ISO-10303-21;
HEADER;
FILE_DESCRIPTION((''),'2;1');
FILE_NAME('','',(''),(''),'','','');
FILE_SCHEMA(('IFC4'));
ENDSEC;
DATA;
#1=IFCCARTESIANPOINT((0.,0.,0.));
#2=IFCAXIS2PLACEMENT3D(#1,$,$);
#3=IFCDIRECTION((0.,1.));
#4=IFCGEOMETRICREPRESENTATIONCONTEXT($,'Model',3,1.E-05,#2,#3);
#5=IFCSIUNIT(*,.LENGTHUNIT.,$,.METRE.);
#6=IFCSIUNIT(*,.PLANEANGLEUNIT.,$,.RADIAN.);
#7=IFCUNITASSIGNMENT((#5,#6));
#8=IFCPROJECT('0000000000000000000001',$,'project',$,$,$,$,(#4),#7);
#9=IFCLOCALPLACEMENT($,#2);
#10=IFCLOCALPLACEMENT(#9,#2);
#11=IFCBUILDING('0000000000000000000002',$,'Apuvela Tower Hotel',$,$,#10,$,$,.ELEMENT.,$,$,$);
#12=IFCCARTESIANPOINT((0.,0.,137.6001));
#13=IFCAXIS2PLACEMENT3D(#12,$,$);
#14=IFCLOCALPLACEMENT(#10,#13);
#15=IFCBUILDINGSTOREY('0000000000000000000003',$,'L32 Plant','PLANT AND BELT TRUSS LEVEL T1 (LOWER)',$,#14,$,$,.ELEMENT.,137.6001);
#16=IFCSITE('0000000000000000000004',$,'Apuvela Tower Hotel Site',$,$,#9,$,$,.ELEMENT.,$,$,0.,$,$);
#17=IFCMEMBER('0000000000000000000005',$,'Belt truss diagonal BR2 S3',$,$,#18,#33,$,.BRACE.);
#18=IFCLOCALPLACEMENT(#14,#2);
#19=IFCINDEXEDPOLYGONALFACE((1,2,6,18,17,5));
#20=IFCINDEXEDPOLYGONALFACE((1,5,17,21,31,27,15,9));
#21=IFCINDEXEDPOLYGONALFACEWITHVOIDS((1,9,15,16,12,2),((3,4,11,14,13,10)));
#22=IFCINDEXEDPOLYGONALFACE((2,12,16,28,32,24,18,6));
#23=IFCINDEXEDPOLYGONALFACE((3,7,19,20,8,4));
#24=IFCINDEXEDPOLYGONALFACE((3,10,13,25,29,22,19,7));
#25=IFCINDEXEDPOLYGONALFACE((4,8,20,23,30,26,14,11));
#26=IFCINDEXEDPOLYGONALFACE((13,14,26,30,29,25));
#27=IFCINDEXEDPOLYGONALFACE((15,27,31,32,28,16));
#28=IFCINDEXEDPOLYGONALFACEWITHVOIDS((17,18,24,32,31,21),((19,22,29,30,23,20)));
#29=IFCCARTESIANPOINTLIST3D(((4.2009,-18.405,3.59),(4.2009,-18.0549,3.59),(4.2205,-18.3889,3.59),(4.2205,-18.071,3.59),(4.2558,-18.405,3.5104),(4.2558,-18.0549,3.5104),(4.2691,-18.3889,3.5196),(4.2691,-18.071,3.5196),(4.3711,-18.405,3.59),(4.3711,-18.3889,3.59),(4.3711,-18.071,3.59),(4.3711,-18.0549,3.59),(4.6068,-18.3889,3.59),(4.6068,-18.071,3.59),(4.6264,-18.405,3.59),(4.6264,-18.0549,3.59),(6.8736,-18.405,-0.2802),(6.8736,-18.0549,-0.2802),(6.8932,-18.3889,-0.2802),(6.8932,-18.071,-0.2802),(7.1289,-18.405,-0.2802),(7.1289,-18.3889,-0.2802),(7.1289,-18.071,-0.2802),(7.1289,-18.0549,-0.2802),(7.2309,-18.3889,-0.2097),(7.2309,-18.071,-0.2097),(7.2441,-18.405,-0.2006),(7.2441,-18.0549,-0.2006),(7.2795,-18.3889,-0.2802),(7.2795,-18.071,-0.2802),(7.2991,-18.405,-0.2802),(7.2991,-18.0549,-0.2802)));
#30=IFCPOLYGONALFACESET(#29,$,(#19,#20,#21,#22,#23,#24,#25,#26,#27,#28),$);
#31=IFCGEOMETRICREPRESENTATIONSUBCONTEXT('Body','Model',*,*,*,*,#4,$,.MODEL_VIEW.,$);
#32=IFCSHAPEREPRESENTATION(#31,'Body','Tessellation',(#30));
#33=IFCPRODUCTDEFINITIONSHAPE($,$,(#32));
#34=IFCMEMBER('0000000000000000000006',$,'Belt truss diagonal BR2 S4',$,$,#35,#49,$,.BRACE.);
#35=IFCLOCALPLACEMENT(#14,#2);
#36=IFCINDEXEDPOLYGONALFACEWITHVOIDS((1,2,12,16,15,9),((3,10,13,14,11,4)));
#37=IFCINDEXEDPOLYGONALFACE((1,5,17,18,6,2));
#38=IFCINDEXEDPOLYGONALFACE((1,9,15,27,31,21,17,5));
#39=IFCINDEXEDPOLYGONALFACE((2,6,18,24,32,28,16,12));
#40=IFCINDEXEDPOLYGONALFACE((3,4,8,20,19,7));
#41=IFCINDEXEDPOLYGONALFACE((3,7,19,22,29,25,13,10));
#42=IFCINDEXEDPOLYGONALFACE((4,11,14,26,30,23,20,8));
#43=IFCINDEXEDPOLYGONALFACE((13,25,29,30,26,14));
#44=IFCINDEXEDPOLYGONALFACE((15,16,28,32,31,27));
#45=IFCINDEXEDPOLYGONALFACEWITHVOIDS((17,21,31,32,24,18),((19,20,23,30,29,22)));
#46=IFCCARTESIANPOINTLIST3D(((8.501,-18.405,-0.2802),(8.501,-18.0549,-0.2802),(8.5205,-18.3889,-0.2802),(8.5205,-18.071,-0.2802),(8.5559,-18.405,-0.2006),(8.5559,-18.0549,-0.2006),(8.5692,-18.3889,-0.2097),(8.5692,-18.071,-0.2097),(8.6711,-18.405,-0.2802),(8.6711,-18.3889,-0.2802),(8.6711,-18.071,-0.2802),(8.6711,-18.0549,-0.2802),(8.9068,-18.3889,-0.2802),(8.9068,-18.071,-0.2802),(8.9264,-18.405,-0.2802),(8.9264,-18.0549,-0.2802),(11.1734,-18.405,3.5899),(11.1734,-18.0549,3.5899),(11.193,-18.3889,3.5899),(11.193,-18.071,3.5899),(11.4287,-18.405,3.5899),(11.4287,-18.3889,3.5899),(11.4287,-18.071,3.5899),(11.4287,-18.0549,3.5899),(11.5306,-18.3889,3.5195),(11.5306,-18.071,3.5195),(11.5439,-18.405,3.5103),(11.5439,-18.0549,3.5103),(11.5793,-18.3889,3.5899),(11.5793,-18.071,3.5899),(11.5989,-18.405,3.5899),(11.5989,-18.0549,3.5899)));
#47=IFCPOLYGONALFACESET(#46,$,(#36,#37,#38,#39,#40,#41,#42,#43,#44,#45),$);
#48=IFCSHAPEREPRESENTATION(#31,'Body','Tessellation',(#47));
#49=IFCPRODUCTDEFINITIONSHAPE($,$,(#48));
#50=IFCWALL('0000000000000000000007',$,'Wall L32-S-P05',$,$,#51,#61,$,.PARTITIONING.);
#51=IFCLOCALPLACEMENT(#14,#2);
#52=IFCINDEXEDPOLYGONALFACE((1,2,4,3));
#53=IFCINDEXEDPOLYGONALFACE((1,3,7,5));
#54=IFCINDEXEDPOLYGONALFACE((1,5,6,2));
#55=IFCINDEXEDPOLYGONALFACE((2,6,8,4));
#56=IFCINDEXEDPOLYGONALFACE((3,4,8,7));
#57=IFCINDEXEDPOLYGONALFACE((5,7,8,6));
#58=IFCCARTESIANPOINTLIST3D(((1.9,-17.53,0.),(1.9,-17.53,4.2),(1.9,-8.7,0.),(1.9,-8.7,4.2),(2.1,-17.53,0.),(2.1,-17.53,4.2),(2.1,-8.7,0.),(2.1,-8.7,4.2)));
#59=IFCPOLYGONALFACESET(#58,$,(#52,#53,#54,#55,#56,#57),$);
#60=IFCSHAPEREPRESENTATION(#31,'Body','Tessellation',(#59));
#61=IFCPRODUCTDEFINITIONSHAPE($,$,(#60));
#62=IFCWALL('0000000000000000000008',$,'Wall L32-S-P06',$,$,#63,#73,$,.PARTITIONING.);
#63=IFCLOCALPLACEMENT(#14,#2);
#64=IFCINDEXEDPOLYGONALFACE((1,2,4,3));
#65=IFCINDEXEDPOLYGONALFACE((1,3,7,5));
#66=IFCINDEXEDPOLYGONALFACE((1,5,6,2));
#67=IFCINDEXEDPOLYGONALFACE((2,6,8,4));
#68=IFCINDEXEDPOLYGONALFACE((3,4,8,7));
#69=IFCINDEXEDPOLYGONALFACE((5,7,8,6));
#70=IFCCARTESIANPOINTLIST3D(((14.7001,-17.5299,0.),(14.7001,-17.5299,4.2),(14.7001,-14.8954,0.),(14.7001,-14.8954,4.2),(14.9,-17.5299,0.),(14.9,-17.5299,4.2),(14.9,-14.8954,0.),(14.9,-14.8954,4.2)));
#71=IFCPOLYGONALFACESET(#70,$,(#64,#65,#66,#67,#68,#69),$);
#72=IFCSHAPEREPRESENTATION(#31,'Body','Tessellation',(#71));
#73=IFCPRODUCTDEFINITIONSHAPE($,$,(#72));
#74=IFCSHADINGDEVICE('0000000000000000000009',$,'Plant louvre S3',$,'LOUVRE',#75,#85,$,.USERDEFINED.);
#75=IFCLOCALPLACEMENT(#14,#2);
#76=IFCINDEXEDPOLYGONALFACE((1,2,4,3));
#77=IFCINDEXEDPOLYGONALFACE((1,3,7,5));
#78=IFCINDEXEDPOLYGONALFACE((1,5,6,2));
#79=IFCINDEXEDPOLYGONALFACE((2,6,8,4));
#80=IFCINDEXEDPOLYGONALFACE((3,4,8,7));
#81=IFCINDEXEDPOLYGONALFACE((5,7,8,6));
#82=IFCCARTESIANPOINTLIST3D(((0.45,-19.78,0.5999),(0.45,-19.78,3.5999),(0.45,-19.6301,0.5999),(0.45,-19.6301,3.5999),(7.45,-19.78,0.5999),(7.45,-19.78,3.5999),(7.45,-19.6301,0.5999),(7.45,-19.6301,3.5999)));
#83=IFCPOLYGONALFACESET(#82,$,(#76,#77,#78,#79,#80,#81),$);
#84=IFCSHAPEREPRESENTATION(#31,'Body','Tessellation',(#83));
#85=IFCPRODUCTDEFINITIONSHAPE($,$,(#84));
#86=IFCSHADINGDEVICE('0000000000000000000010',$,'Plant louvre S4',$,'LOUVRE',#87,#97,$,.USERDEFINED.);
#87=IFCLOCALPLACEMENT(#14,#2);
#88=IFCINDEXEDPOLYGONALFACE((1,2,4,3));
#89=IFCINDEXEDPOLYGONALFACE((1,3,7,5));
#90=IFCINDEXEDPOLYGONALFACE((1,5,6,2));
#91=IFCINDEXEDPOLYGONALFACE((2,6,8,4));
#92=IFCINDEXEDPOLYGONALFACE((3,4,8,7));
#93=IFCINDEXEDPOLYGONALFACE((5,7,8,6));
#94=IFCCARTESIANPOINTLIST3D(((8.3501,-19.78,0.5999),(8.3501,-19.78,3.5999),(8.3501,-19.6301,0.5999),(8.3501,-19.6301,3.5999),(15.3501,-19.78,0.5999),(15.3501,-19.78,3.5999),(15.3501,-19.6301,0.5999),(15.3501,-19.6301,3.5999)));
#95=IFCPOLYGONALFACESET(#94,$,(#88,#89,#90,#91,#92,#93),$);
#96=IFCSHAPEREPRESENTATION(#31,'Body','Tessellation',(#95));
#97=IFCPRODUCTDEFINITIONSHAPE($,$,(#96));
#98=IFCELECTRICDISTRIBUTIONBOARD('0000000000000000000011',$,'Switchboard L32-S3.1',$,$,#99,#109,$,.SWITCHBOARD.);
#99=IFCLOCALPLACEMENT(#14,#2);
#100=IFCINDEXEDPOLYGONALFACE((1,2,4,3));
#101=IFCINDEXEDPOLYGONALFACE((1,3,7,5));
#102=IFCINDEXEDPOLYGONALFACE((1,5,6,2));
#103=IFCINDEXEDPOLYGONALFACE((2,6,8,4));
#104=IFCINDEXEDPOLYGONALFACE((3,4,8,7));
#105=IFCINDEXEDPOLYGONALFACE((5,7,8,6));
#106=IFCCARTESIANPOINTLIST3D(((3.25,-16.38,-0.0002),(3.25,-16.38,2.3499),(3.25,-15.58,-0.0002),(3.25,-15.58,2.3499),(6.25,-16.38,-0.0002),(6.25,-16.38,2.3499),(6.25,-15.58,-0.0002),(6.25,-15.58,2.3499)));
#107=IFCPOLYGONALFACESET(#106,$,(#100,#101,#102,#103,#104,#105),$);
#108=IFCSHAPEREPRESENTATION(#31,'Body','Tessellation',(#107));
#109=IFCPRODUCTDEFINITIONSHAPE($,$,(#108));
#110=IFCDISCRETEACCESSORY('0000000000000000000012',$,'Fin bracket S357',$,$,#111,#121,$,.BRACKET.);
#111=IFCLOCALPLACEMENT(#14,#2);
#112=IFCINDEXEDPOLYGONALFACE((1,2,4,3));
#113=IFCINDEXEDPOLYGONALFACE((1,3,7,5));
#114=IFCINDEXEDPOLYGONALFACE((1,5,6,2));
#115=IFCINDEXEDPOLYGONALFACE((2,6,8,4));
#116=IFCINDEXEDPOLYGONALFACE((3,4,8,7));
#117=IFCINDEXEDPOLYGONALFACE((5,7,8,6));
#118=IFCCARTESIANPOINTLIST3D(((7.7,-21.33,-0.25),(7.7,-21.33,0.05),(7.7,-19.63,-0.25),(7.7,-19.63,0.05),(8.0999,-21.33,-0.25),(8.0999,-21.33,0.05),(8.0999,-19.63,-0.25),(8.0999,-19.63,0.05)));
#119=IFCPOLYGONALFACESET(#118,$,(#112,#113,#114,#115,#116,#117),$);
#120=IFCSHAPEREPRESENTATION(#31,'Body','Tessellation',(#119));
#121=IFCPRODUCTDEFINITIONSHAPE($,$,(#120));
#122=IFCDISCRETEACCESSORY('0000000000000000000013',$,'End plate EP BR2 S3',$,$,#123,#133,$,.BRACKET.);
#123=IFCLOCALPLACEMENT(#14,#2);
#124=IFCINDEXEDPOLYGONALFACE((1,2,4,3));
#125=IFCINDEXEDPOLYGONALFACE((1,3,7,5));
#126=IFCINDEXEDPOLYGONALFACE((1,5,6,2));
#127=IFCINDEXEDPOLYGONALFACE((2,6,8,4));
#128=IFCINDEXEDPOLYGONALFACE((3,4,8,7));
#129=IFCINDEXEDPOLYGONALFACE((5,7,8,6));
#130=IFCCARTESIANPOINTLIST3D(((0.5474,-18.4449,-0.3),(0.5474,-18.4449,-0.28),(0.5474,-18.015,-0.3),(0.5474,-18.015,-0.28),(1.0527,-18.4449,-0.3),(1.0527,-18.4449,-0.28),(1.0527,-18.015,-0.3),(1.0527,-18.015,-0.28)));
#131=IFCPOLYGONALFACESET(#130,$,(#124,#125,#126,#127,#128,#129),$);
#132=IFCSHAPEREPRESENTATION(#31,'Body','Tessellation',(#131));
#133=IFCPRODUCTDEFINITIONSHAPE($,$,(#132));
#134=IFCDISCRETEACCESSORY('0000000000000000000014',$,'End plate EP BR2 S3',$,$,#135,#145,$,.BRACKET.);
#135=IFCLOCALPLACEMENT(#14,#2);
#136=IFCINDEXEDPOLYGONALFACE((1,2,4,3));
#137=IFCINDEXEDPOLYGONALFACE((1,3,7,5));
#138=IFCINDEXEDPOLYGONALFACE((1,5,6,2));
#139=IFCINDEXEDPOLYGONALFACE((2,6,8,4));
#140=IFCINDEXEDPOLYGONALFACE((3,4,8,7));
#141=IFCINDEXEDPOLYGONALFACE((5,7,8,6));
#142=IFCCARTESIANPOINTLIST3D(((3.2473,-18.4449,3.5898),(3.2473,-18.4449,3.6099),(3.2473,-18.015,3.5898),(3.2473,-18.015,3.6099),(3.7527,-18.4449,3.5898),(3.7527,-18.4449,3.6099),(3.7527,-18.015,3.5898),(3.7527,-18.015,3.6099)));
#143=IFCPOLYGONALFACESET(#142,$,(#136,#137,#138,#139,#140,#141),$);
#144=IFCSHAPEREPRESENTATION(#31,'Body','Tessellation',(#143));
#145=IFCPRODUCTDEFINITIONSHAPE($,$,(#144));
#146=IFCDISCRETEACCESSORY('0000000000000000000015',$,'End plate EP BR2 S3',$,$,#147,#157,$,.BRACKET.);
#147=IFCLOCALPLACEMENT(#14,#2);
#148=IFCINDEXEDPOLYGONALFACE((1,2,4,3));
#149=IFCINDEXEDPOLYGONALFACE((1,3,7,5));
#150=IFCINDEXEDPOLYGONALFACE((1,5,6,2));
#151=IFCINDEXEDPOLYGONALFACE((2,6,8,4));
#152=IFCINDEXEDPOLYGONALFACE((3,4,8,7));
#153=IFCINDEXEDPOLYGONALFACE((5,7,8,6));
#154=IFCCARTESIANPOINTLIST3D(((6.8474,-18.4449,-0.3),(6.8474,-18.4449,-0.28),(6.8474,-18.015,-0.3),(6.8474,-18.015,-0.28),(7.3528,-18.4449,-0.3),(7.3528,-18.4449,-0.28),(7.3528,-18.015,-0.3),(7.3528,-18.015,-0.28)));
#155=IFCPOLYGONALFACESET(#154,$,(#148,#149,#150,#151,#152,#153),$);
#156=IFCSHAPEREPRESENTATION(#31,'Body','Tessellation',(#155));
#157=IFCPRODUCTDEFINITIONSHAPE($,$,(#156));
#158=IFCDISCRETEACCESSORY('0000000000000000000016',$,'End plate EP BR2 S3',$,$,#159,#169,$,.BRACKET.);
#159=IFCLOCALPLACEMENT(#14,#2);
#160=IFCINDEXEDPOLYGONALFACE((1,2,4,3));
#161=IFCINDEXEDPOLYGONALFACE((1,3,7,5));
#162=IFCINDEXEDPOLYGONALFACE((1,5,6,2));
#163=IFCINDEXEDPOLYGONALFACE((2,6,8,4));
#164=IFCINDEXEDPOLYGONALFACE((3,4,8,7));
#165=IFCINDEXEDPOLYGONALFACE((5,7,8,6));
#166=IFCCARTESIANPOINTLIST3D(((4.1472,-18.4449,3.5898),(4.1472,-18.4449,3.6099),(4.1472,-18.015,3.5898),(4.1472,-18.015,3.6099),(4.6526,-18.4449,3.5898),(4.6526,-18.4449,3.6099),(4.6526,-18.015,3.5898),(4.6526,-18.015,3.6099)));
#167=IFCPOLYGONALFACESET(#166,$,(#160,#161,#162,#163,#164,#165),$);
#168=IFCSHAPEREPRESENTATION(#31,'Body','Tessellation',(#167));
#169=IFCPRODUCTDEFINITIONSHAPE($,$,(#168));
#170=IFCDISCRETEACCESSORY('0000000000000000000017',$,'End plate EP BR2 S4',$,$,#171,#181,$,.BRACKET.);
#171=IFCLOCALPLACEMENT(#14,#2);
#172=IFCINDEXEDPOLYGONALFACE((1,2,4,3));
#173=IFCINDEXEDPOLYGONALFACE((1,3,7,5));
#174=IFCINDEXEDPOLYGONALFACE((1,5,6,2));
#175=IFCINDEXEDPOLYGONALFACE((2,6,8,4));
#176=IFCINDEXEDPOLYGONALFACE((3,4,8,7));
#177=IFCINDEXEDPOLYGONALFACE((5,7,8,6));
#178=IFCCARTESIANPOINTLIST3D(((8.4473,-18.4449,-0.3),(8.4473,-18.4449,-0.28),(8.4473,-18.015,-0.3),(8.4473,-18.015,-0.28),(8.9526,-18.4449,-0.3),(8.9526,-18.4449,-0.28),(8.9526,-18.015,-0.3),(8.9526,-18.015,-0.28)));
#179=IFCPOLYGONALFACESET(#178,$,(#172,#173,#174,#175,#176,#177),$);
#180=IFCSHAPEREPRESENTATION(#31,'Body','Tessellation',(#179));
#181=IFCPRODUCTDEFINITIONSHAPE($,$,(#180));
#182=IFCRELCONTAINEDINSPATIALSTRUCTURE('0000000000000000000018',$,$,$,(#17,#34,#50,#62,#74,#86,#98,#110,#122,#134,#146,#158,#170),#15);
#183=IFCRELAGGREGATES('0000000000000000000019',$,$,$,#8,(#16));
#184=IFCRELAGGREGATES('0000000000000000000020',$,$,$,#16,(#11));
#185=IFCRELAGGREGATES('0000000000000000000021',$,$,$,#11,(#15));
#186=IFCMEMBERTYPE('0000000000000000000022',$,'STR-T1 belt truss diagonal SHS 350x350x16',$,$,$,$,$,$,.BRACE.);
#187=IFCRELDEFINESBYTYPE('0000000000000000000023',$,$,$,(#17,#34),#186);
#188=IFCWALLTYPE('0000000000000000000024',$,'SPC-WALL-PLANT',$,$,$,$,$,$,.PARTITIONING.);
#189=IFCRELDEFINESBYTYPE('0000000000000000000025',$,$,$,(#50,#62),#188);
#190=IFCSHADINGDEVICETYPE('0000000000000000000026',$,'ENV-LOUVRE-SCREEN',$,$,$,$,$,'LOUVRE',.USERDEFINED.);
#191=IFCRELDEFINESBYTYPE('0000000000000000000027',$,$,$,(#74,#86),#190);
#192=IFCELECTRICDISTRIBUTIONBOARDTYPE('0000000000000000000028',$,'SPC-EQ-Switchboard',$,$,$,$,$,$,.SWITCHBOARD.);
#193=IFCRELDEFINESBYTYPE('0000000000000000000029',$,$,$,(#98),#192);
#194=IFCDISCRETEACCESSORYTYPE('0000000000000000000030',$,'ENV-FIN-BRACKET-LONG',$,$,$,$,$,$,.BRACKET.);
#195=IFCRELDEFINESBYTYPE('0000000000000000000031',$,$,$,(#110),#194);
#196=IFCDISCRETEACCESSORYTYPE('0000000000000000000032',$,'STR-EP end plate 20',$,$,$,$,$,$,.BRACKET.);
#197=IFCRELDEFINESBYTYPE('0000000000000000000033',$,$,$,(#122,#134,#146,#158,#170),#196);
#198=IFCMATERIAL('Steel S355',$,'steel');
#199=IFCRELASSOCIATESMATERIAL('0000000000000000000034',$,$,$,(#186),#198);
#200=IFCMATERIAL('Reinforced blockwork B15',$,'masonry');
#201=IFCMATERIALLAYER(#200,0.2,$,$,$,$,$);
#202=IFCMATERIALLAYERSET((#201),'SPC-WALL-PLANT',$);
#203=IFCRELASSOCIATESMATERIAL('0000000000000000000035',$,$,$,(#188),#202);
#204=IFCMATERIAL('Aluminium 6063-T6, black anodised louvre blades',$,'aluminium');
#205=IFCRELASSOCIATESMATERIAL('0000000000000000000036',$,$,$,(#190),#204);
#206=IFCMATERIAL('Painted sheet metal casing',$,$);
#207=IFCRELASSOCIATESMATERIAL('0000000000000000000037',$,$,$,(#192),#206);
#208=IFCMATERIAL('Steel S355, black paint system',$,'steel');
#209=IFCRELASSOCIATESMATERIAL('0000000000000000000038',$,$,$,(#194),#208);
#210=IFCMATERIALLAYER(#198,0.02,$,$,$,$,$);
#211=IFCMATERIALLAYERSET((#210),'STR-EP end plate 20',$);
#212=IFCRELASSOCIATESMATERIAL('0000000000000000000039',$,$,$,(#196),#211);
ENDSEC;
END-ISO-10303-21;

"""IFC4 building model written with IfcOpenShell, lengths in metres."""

from ifc_helpers import new_model, si_unit, direction, frame, frame_2d, origin, origin_2d, place, context, subcontext, project, spatial, rectangle, hollow_rectangle, extrude, boolean, halfspace, material, layer, layer_set, material_profile, profile_set, type_object, element, save


model = new_model("IFC4")

# Units and contexts
model_context = context("Model", 3, precision=1e-05, world=origin(), true_north=direction((0.0, 1.0)))
body_context = subcontext(model_context, "Body", "Model", "MODEL_VIEW")
ifc_project = project(units=[si_unit("LENGTHUNIT", "METRE"), si_unit("PLANEANGLEUNIT", "RADIAN")], contexts=[model_context])

# Site, building, storey
site_placement = place(None, origin())
site = spatial("IfcSite", under=ifc_project, at=site_placement, Name="Apuvela Tower Hotel Site", CompositionType="ELEMENT", RefElevation=0.0)
building_placement = place(site_placement, origin())
building = spatial("IfcBuilding", under=site, at=building_placement, Name="Apuvela Tower Hotel", CompositionType="ELEMENT")
storey_placement = place(building_placement, frame((0.0, 0.0, 137.6001)))
storey = spatial("IfcBuildingStorey", under=building, at=storey_placement, Name="L32 Plant", Description="PLANT AND BELT TRUSS LEVEL T1 (LOWER)", CompositionType="ELEMENT", Elevation=137.6001)

# Shared definitions
ifc_material_1 = material(Name="Steel S355", Category="steel")

# Members
ifc_material_profile_1 = material_profile(ifc_material_1, hollow_rectangle(XDim=0.3501, YDim=0.3501, WallThickness=0.0161, at=origin_2d()), Name="SHS 350x350x16")
ifc_profile_set_1 = profile_set([ifc_material_profile_1], Name="Steel S355")
member_type_1 = type_object("IfcMemberType", Name="STR-T1 belt truss diagonal SHS 350x350x16", PredefinedType="BRACE", material=ifc_profile_set_1)
member_1_placement = place(storey_placement, frame((7.1001, -18.23, -0.3), z_axis=(-0.568261, 0.0, 0.822848), x_axis=(0.822848, 0.0, 0.568261)))
solid_1 = boolean("DIFFERENCE", boolean("DIFFERENCE", extrude(hollow_rectangle(XDim=0.3501, YDim=0.3501, WallThickness=0.0161, at=origin_2d()), frame((0.0, 0.0, -0.2407)), (0.0, 0.0, 1.0), 5.2334), halfspace(frame((0.0, 0.0, 0.0242), z_axis=(0.568261, 0.0, 0.822848), x_axis=(0.822848, 0.0, -0.568261)), True)), halfspace(frame((0.0, 0.0, 4.7275), z_axis=(0.568261, 0.0, 0.822848), x_axis=(0.822848, 0.0, -0.568261)), False))
element("IfcMember", 1, at=member_1_placement, inside=storey, type_object=member_type_1, Name="Belt truss diagonal BR2 S3", PredefinedType="BRACE", context=body_context, shape_type="SweptSolid", body=[
    boolean("UNION", boolean("DIFFERENCE", boolean("DIFFERENCE", extrude(hollow_rectangle(XDim=0.3501, YDim=0.3501, WallThickness=0.0161, at=origin_2d()), origin(), (0.0, 0.0, 1.0), 4.7517), halfspace(frame((0.0, 0.0, 0.0242), z_axis=(0.568261, 0.0, 0.822848), x_axis=(0.822848, 0.0, -0.568261)), True)), halfspace(frame((0.0, 0.0, 4.7275), z_axis=(0.568261, 0.0, 0.822848), x_axis=(0.822848, 0.0, -0.568261)), False)), solid_1),
])
member_2_placement = place(storey_placement, frame((8.7, -18.23, -0.3), z_axis=(0.568226, 0.0, 0.822872), x_axis=(-0.822872, 0.0, 0.568226)))
solid_2 = boolean("DIFFERENCE", boolean("DIFFERENCE", extrude(hollow_rectangle(XDim=0.3501, YDim=0.3501, WallThickness=0.0161, at=origin_2d()), frame((0.0, 0.0, -0.2407)), (0.0, 0.0, 1.0), 5.2332), halfspace(frame((0.0, 0.0, 0.0242), z_axis=(0.568226, 0.0, 0.822872), x_axis=(0.822872, 0.0, -0.568226)), True)), halfspace(frame((0.0, 0.0, 4.7273), z_axis=(0.568226, 0.0, 0.822872), x_axis=(0.822872, 0.0, -0.568226)), False))
element("IfcMember", 2, at=member_2_placement, inside=storey, type_object=member_type_1, Name="Belt truss diagonal BR2 S4", PredefinedType="BRACE", context=body_context, shape_type="SweptSolid", body=[
    boolean("UNION", boolean("DIFFERENCE", boolean("DIFFERENCE", extrude(hollow_rectangle(XDim=0.3501, YDim=0.3501, WallThickness=0.0161, at=origin_2d()), origin(), (0.0, 0.0, 1.0), 4.7515), halfspace(frame((0.0, 0.0, 0.0242), z_axis=(0.568226, 0.0, 0.822872), x_axis=(0.822872, 0.0, -0.568226)), True)), halfspace(frame((0.0, 0.0, 4.7273), z_axis=(0.568226, 0.0, 0.822872), x_axis=(0.822872, 0.0, -0.568226)), False)), solid_2),
])

# Walls
ifc_material_2 = material(Name="Reinforced blockwork B15", Category="masonry")
ifc_layer_1 = layer(ifc_material_2, 0.2)
ifc_layer_set_1 = layer_set([ifc_layer_1], Name="SPC-WALL-PLANT")
wall_type = type_object("IfcWallType", Name="SPC-WALL-PLANT", PredefinedType="PARTITIONING", material=ifc_layer_set_1)
wall_1_placement = place(storey_placement, frame((2.0, -17.53, 0.0), z_axis=(0.0, 0.0, 1.0), x_axis=(0.0, 1.0, 0.0)))
element("IfcWall", 3, at=wall_1_placement, inside=storey, type_object=wall_type, Name="Wall L32-S-P05", PredefinedType="PARTITIONING", context=body_context, shape_type="SweptSolid", body=[
    extrude(rectangle(XDim=8.8301, YDim=0.2, at=frame_2d((4.415, 0.0))), origin(), (0.0, 0.0, 1.0), 4.2),
])
wall_2_placement = place(storey_placement, frame((14.8, -17.53, 0.0), z_axis=(0.0, 0.0, 1.0), x_axis=(0.0, 1.0, 0.0)))
element("IfcWall", 4, at=wall_2_placement, inside=storey, type_object=wall_type, Name="Wall L32-S-P06", PredefinedType="PARTITIONING", context=body_context, shape_type="SweptSolid", body=[
    extrude(rectangle(XDim=2.6345, YDim=0.2, at=frame_2d((1.3174, 0.0))), origin(), (0.0, 0.0, 1.0), 4.2),
])

# Shading devices
ifc_material_3 = material(Name="Aluminium 6063-T6, black anodised louvre blades", Category="aluminium")
shading_device_type = type_object("IfcShadingDeviceType", Name="ENV-LOUVRE-SCREEN", ElementType="LOUVRE", PredefinedType="USERDEFINED", material=ifc_material_3)
for number, where, z_axis, x_axis, name in (
    (5, (3.95, -19.7051, 0.5999), (0.0, 0.0, 1.0), (1.0, 0.0, 0.0), "Plant louvre S3"),
    (6, (11.8501, -19.7051, 0.5999), (0.0, 0.0, 1.0), (1.0, 0.0, 0.0), "Plant louvre S4"),
):
    element("IfcShadingDevice", number, at=place(storey_placement, frame(where, z_axis=z_axis, x_axis=x_axis)), inside=storey, type_object=shading_device_type, Name=name, ObjectType="LOUVRE", PredefinedType="USERDEFINED", context=body_context, shape_type="SweptSolid", body=[
        extrude(rectangle(XDim=7.0, YDim=0.1499, at=origin_2d()), origin(), (0.0, 0.0, 1.0), 3.0),
    ])

# Electric distribution board
ifc_material_4 = material(Name="Painted sheet metal casing")
electric_distribution_board_type = type_object("IfcElectricDistributionBoardType", Name="SPC-EQ-Switchboard", PredefinedType="SWITCHBOARD", material=ifc_material_4)
electric_distribution_board_placement = place(storey_placement, frame((4.75, -15.98, -0.0002), z_axis=(0.0, 0.0, 1.0), x_axis=(1.0, 0.0, 0.0)))
element("IfcElectricDistributionBoard", 7, at=electric_distribution_board_placement, inside=storey, type_object=electric_distribution_board_type, Name="Switchboard L32-S3.1", PredefinedType="SWITCHBOARD", context=body_context, shape_type="SweptSolid", body=[
    extrude(rectangle(XDim=3.0, YDim=0.8, at=origin_2d()), origin(), (0.0, 0.0, 1.0), 2.3501),
])

# Discrete accessories
ifc_material_5 = material(Name="Steel S355, black paint system", Category="steel")
discrete_accessory_type_1 = type_object("IfcDiscreteAccessoryType", Name="ENV-FIN-BRACKET-LONG", PredefinedType="BRACKET", material=ifc_material_5)
discrete_accessory_placement = place(storey_placement, frame((7.8999, -20.48, -0.25), z_axis=(0.0, 0.0, 1.0), x_axis=(1.0, 0.0, 0.0)))
element("IfcDiscreteAccessory", 8, at=discrete_accessory_placement, inside=storey, type_object=discrete_accessory_type_1, Name="Fin bracket S357", PredefinedType="BRACKET", context=body_context, shape_type="SweptSolid", body=[
    extrude(rectangle(XDim=0.3999, YDim=1.7, at=origin_2d()), origin(), (0.0, 0.0, 1.0), 0.3),
])
ifc_layer_2 = layer(ifc_material_1, 0.02)
ifc_layer_set_2 = layer_set([ifc_layer_2], Name="STR-EP end plate 20")
discrete_accessory_type_2 = type_object("IfcDiscreteAccessoryType", Name="STR-EP end plate 20", PredefinedType="BRACKET", material=ifc_layer_set_2)
for number, where, z_axis, x_axis, name in (
    (9, (0.8, -18.23, -0.3), (0.0, 0.0, 1.0), (1.0, 0.0, 0.0), "End plate EP BR2 S3"),
    (10, (3.5, -18.23, 3.5898), (0.0, 0.0, 1.0), (1.0, 0.0, 0.0), "End plate EP BR2 S3"),
    (11, (7.1001, -18.23, -0.3), (0.0, 0.0, 1.0), (-1.0, 0.0, 0.0), "End plate EP BR2 S3"),
    (12, (4.3999, -18.23, 3.5898), (0.0, 0.0, 1.0), (-1.0, 0.0, 0.0), "End plate EP BR2 S3"),
    (13, (8.7, -18.23, -0.3), (0.0, 0.0, 1.0), (1.0, 0.0, 0.0), "End plate EP BR2 S4"),
):
    element("IfcDiscreteAccessory", number, at=place(storey_placement, frame(where, z_axis=z_axis, x_axis=x_axis)), inside=storey, type_object=discrete_accessory_type_2, Name=name, PredefinedType="BRACKET", context=body_context, shape_type="SweptSolid", body=[
        extrude(rectangle(XDim=0.5054, YDim=0.4299, at=origin_2d()), origin(), (0.0, 0.0, 1.0), 0.02),
    ])

save(model, "model.ifc")
